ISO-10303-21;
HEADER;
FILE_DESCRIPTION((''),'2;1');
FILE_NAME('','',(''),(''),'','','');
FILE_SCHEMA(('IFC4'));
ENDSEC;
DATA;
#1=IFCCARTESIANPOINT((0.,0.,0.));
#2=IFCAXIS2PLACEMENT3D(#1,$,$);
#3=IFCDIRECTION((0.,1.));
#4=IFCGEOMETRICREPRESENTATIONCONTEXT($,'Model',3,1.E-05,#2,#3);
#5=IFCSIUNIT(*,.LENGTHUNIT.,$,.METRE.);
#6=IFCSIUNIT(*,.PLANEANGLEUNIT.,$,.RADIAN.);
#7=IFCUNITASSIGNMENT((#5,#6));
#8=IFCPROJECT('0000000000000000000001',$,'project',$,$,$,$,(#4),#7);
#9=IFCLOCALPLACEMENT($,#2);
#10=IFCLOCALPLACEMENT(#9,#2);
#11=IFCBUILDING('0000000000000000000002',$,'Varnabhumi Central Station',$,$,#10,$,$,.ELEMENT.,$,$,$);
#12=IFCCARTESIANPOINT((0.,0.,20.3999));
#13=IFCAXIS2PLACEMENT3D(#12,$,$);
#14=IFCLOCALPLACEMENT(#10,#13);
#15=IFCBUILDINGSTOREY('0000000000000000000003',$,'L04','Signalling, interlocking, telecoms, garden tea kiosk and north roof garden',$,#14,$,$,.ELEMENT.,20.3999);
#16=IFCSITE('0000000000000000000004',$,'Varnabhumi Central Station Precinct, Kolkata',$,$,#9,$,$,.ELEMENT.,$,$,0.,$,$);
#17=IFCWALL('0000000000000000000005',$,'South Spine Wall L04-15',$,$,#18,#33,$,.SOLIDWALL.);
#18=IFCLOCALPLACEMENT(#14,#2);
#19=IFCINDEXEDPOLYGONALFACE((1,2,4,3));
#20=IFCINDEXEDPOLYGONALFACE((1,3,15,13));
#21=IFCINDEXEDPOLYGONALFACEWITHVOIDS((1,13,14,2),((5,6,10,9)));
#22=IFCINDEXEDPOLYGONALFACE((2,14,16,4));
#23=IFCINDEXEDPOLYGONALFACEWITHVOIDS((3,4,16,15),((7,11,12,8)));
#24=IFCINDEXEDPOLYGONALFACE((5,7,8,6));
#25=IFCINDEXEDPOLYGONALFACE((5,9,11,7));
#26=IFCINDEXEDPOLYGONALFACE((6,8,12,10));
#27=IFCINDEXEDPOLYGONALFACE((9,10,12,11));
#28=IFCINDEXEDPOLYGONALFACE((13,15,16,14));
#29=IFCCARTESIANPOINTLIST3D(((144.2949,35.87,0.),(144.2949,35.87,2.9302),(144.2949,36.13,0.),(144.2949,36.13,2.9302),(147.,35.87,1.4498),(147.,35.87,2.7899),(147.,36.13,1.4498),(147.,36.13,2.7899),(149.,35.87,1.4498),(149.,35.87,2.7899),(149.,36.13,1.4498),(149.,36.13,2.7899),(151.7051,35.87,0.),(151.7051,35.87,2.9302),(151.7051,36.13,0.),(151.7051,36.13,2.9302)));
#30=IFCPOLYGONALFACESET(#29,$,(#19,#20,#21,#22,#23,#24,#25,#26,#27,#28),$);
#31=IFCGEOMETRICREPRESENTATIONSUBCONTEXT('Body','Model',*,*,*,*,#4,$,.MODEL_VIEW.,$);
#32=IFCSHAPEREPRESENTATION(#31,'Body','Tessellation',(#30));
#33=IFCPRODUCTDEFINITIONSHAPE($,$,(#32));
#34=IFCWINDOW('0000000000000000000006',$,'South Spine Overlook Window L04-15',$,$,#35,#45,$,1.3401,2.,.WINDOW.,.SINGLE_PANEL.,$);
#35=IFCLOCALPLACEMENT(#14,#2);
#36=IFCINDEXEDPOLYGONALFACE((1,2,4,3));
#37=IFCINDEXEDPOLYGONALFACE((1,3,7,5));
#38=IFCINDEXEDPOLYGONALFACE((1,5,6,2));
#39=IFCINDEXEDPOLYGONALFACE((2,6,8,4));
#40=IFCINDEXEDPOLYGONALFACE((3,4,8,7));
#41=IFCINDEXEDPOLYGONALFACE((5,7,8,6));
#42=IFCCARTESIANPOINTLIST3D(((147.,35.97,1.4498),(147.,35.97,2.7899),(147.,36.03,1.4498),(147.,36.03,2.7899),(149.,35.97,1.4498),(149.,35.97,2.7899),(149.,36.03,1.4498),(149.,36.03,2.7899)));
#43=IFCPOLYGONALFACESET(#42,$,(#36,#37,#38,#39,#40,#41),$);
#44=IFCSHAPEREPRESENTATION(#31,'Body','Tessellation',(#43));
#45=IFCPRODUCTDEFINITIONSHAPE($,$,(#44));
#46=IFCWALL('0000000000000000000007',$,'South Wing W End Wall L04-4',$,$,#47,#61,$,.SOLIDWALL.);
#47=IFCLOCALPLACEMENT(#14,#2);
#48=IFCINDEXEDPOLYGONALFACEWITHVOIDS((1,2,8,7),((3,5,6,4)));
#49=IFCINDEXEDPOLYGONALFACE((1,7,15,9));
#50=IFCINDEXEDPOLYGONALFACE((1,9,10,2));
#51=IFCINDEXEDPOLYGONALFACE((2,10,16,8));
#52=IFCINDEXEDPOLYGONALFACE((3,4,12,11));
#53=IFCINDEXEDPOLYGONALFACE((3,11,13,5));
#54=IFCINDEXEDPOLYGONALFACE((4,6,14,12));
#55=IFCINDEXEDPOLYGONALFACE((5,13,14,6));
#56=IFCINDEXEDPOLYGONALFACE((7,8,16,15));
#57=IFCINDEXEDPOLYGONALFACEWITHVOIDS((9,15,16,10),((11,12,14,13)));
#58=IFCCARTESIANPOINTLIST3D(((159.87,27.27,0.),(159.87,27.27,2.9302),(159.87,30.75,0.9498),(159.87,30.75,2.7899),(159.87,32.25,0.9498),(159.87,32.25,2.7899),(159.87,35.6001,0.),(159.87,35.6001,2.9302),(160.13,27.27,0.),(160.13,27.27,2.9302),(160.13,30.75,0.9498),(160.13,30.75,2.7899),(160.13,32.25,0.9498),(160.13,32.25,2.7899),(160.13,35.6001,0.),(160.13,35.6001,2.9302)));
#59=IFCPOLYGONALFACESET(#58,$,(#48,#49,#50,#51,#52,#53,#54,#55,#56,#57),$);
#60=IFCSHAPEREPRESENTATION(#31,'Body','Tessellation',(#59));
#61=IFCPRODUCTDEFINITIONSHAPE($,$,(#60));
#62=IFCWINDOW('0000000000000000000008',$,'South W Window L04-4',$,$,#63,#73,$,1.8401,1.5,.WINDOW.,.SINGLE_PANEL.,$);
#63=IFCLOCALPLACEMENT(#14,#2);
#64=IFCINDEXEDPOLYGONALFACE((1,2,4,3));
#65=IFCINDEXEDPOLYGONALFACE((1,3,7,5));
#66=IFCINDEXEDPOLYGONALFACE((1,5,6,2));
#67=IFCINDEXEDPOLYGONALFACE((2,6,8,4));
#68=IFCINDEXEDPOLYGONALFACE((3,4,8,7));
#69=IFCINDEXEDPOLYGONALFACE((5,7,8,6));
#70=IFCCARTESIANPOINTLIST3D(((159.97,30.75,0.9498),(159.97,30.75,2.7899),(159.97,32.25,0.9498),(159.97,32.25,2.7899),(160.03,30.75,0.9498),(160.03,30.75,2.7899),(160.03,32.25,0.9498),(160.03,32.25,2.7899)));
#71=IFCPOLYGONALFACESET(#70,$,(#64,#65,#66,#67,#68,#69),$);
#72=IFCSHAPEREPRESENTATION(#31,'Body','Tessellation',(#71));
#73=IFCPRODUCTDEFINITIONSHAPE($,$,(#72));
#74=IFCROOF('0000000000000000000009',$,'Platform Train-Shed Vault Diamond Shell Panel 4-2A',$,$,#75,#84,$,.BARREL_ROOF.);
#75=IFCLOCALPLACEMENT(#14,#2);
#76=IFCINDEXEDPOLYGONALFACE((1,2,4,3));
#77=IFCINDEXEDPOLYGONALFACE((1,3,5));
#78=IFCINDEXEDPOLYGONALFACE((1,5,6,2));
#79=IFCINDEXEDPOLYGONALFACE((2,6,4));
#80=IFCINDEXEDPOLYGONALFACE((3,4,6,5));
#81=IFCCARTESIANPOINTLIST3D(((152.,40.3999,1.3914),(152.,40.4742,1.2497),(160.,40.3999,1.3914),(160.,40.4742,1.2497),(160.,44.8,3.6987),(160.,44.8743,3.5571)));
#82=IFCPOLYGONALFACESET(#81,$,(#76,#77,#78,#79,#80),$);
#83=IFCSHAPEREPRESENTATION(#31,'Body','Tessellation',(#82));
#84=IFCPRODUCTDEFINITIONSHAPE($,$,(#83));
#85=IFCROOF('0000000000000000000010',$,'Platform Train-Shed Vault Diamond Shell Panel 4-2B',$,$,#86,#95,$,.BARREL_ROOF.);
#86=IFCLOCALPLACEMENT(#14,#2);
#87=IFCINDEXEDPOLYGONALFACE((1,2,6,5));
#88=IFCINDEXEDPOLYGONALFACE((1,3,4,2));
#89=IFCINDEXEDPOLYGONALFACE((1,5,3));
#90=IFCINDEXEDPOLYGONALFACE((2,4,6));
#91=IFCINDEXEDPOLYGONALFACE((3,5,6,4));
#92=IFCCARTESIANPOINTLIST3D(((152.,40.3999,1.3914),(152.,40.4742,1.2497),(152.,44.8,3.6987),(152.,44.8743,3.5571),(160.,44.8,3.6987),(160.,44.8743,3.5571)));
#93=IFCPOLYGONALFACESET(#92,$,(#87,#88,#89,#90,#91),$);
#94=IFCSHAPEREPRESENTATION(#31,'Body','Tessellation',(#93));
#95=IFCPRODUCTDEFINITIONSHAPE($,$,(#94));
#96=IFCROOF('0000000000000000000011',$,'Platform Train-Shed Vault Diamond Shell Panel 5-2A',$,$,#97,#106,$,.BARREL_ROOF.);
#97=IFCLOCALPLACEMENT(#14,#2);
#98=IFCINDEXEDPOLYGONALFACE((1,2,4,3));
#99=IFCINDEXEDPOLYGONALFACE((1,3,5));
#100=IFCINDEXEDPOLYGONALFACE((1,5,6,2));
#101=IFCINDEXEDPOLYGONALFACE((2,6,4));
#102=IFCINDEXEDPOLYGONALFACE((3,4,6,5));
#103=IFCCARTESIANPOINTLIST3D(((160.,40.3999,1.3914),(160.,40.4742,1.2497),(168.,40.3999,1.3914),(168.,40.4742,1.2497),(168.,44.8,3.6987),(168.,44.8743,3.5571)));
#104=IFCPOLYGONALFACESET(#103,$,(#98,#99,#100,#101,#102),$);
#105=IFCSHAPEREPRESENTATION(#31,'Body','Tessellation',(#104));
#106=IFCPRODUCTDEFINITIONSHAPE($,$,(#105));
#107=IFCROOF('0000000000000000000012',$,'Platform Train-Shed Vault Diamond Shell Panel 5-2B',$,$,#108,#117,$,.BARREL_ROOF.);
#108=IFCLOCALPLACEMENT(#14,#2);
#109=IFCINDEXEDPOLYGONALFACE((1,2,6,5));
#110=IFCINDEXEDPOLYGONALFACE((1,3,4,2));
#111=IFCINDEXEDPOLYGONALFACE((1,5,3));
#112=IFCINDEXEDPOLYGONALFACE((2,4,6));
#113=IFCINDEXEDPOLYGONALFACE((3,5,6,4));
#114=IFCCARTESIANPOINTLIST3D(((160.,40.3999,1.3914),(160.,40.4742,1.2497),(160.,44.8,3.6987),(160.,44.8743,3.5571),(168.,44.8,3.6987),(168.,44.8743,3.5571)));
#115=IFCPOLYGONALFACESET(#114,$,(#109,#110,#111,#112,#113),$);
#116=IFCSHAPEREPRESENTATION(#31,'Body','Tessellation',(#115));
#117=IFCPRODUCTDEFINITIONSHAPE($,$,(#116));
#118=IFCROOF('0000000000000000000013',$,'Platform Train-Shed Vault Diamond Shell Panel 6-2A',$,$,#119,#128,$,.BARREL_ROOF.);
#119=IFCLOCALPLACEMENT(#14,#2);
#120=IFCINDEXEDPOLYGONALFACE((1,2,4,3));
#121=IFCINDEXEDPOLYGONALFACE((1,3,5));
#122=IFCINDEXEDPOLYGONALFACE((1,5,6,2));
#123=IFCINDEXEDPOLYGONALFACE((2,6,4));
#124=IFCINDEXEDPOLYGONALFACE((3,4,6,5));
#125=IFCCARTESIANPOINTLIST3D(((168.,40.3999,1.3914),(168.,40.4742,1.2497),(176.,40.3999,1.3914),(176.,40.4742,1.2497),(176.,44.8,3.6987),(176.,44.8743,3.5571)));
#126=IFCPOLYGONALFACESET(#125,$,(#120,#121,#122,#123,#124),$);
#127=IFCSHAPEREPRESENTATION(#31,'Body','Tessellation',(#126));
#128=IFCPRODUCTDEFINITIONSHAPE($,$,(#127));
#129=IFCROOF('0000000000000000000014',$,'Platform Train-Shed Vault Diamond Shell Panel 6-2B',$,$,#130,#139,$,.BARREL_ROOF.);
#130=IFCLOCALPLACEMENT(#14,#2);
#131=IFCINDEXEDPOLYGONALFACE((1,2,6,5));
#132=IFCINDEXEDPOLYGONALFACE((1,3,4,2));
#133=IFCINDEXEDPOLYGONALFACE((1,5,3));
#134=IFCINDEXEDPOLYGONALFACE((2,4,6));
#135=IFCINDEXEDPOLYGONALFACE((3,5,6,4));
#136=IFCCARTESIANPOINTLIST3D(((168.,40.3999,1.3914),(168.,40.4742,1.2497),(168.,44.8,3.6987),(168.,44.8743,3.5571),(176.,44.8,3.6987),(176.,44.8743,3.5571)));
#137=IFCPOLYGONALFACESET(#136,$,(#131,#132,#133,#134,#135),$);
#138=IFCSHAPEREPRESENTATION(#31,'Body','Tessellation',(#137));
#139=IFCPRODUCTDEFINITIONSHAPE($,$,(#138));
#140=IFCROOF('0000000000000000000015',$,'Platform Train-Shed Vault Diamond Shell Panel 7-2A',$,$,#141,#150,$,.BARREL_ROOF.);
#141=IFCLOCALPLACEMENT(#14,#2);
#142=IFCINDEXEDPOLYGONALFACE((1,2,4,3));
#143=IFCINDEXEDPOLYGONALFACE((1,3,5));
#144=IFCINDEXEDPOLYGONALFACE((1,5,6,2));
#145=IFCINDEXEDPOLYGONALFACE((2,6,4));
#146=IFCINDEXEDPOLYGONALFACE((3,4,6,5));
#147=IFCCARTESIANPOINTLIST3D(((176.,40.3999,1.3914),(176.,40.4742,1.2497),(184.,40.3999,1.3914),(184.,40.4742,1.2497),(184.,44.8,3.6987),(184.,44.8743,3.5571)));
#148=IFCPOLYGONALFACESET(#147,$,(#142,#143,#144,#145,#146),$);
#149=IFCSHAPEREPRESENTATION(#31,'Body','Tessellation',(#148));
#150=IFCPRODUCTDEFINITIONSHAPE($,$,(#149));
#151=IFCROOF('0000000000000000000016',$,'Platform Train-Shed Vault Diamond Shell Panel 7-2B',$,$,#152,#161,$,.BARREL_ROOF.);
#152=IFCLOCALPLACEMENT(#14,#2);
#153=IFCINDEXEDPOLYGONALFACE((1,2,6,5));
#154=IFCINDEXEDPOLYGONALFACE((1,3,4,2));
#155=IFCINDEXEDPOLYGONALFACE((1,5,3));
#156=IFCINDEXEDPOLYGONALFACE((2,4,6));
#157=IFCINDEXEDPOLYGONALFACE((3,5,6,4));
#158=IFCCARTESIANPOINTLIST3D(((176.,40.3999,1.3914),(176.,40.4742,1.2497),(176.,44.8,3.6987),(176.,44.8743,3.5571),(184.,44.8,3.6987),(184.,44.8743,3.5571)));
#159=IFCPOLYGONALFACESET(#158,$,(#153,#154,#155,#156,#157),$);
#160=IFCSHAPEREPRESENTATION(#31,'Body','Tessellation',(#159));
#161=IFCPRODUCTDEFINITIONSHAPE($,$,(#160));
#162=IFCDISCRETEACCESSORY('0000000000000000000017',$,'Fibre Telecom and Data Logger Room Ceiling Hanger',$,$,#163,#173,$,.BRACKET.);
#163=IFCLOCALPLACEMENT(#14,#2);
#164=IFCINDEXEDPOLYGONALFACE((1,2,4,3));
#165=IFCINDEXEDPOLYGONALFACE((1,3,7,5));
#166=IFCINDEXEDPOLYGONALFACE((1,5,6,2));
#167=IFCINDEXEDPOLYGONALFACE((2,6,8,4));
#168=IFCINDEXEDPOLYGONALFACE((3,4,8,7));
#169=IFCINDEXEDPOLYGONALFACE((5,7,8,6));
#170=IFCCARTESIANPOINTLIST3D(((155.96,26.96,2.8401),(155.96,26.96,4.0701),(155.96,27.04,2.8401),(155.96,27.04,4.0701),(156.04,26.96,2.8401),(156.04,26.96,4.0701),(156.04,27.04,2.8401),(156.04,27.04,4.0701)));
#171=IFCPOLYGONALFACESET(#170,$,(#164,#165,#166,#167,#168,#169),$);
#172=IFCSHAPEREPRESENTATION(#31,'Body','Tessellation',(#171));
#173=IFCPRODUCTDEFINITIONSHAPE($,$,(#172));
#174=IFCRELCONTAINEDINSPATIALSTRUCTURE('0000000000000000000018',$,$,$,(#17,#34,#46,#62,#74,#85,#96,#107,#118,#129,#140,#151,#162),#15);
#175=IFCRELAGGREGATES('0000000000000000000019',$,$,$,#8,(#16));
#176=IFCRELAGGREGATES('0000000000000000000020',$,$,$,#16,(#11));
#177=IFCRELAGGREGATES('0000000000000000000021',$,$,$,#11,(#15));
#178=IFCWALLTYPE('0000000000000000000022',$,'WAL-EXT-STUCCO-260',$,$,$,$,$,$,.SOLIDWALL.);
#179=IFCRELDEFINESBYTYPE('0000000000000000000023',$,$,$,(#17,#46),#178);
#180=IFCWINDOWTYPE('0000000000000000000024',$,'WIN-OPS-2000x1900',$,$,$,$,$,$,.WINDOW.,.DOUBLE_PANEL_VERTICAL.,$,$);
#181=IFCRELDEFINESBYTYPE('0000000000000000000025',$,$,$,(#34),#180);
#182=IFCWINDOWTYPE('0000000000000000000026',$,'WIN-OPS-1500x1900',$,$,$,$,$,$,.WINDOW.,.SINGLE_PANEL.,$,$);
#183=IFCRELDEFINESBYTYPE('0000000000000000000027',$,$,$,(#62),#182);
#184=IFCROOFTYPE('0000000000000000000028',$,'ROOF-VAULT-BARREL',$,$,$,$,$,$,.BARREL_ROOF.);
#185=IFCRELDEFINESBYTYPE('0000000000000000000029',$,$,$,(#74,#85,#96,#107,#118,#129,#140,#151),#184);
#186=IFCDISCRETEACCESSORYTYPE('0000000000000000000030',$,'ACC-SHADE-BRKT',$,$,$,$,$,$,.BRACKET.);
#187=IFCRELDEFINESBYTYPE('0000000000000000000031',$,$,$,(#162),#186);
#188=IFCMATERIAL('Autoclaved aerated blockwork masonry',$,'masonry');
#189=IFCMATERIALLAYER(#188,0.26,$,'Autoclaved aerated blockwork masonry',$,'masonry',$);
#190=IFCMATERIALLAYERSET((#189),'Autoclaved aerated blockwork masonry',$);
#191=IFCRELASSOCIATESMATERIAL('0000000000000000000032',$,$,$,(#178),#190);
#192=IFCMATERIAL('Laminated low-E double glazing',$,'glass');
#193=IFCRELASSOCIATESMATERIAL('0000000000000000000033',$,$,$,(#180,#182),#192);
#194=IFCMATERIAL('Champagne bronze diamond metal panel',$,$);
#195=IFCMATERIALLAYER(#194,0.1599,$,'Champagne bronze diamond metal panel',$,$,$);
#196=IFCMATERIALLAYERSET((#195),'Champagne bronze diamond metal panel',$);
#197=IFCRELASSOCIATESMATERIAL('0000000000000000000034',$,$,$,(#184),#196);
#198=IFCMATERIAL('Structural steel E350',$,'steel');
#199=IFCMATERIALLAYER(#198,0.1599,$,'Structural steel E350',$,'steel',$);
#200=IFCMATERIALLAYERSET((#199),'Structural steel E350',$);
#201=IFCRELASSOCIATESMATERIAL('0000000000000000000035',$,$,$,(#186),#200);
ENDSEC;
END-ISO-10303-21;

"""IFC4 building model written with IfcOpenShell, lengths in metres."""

from ifc_helpers import new_model, si_unit, direction, frame, frame_2d, origin, origin_2d, place, context, subcontext, project, spatial, polyline, rectangle, outline, extrude, material, layer, layer_set, type_object, element, fill, save


model = new_model("IFC4")

# Units and contexts
model_context = context("Model", 3, precision=1e-05, world=origin(), true_north=direction((0.0, 1.0)))
body_context = subcontext(model_context, "Body", "Model", "MODEL_VIEW")
ifc_project = project(units=[si_unit("LENGTHUNIT", "METRE"), si_unit("PLANEANGLEUNIT", "RADIAN")], contexts=[model_context])

# Site, building, storey
site_placement = place(None, origin())
site = spatial("IfcSite", under=ifc_project, at=site_placement, Name="Varnabhumi Central Station Precinct, Kolkata", CompositionType="ELEMENT", RefElevation=0.0)
building_placement = place(site_placement, origin())
building = spatial("IfcBuilding", under=site, at=building_placement, Name="Varnabhumi Central Station", CompositionType="ELEMENT")
storey_placement = place(building_placement, frame((0.0, 0.0, 20.3999)))
storey = spatial("IfcBuildingStorey", under=building, at=storey_placement, Name="L04", Description="Signalling, interlocking, telecoms, garden tea kiosk and north roof garden", CompositionType="ELEMENT", Elevation=20.3999)

# Shared definitions
ifc_material_1 = material(Name="Structural steel E350", Category="steel")

# Shared definitions
ifc_material_2 = material(Name="Laminated low-E double glazing", Category="glass")

# Shared definitions
ifc_material_3 = material(Name="Autoclaved aerated blockwork masonry", Category="masonry")

# Walls, openings, windows
ifc_layer_1 = layer(ifc_material_3, 0.26, Name="Autoclaved aerated blockwork masonry", Category="masonry")
ifc_layer_set_1 = layer_set([ifc_layer_1], Name="Autoclaved aerated blockwork masonry")
wall_type_1 = type_object("IfcWallType", Name="WAL-EXT-STUCCO-260", PredefinedType="SOLIDWALL", material=ifc_layer_set_1)
wall_1_placement = place(storey_placement, frame((144.2949, 36.0, 0.0), z_axis=(0.0, 0.0, 1.0), x_axis=(1.0, 0.0, 0.0)))
wall_1 = element("IfcWall", 1, at=wall_1_placement, inside=storey, type_object=wall_type_1, Name="South Spine Wall L04-15", PredefinedType="SOLIDWALL", context=body_context, shape_type="SweptSolid", body=[
    extrude(rectangle(XDim=7.4102, YDim=0.26, at=frame_2d((3.7051, 0.0))), origin(), (0.0, 0.0, 1.0), 2.9302),
])
opening_1_placement = place(wall_1_placement, frame((2.7051, 0.0, 1.45)))
opening_1 = element("IfcOpeningElement", 2, at=opening_1_placement, cuts=wall_1, PredefinedType="OPENING", context=body_context, shape_type="SweptSolid", body=[
    extrude(rectangle(XDim=2.0, YDim=1.3401, at=frame_2d((1.0, 0.6699))), frame((0.0, 0.1399, 0.0), z_axis=(0.0, -1.0, 0.0), x_axis=(1.0, 0.0, 0.0)), (0.0, 0.0, 1.0), 0.28),
])
window_type_1 = type_object("IfcWindowType", Name="WIN-OPS-2000x1900", PartitioningType="DOUBLE_PANEL_VERTICAL", PredefinedType="WINDOW", material=ifc_material_2)
window_1_placement = place(opening_1_placement, origin())
window_1 = element("IfcWindow", 3, at=window_1_placement, inside=storey, type_object=window_type_1, Name="South Spine Overlook Window L04-15", OverallHeight=1.3401, OverallWidth=2.0, PartitioningType="SINGLE_PANEL", PredefinedType="WINDOW", context=body_context, shape_type="SweptSolid", body=[
    extrude(rectangle(XDim=2.0, YDim=1.3401, at=frame_2d((1.0, 0.6699))), frame((0.0, 0.03, 0.0), z_axis=(0.0, -1.0, 0.0), x_axis=(1.0, 0.0, 0.0)), (0.0, 0.0, 1.0), 0.0601),
])
fill(opening_1, window_1)
wall_2_placement = place(storey_placement, frame((160.0, 27.27, 0.0), z_axis=(0.0, 0.0, 1.0), x_axis=(0.0, 1.0, 0.0)))
wall_2 = element("IfcWall", 4, at=wall_2_placement, inside=storey, type_object=wall_type_1, Name="South Wing W End Wall L04-4", PredefinedType="SOLIDWALL", context=body_context, shape_type="SweptSolid", body=[
    extrude(rectangle(XDim=8.3301, YDim=0.26, at=frame_2d((4.165, 0.0))), origin(), (0.0, 0.0, 1.0), 2.9302),
])
opening_2_placement = place(wall_2_placement, frame((3.48, 0.0, 0.95)))
opening_2 = element("IfcOpeningElement", 5, at=opening_2_placement, cuts=wall_2, PredefinedType="OPENING", context=body_context, shape_type="SweptSolid", body=[
    extrude(rectangle(XDim=1.5, YDim=1.8401, at=frame_2d((0.75, 0.9199))), frame((0.0, 0.1399, 0.0), z_axis=(0.0, -1.0, 0.0), x_axis=(1.0, 0.0, 0.0)), (0.0, 0.0, 1.0), 0.28),
])
window_type_2 = type_object("IfcWindowType", Name="WIN-OPS-1500x1900", PartitioningType="SINGLE_PANEL", PredefinedType="WINDOW", material=ifc_material_2)
window_2_placement = place(opening_2_placement, origin())
window_2 = element("IfcWindow", 6, at=window_2_placement, inside=storey, type_object=window_type_2, Name="South W Window L04-4", OverallHeight=1.8401, OverallWidth=1.5, PartitioningType="SINGLE_PANEL", PredefinedType="WINDOW", context=body_context, shape_type="SweptSolid", body=[
    extrude(rectangle(XDim=1.5, YDim=1.8401, at=frame_2d((0.75, 0.9199))), frame((0.0, 0.03, 0.0), z_axis=(0.0, -1.0, 0.0), x_axis=(1.0, 0.0, 0.0)), (0.0, 0.0, 1.0), 0.0601),
])
fill(opening_2, window_2)

# Roofs
ifc_material_4 = material(Name="Champagne bronze diamond metal panel")
ifc_layer_2 = layer(ifc_material_4, 0.1599, Name="Champagne bronze diamond metal panel")
ifc_layer_set_2 = layer_set([ifc_layer_2], Name="Champagne bronze diamond metal panel")
roof_type = type_object("IfcRoofType", Name="ROOF-VAULT-BARREL", PredefinedType="BARREL_ROOF", material=ifc_layer_set_2)
roof_1_placement = place(storey_placement, frame((152.0, 40.3999, 1.3914), z_axis=(0.0, -0.464407, 0.885622), x_axis=(1.0, 0.0, 0.0)))
element("IfcRoof", 7, at=roof_1_placement, inside=storey, type_object=roof_type, Name="Platform Train-Shed Vault Diamond Shell Panel 4-2A", PredefinedType="BARREL_ROOF", context=body_context, shape_type="SweptSolid", body=[
    extrude(outline(polyline([(0.0, 0.0), (8.0, 0.0), (8.0, 4.9684), (0.0, 0.0)])), origin(), (0.0, 0.0, -1.0), 0.1599),
])
roof_2_placement = place(storey_placement, frame((152.0, 40.3999, 1.3914), z_axis=(0.0, -0.464407, 0.885622), x_axis=(0.849502, 0.467242, 0.245015)))
element("IfcRoof", 8, at=roof_2_placement, inside=storey, type_object=roof_type, Name="Platform Train-Shed Vault Diamond Shell Panel 4-2B", PredefinedType="BARREL_ROOF", context=body_context, shape_type="SweptSolid", body=[
    extrude(outline(polyline([(0.0, 0.0), (9.4173, 0.0), (2.6213, 4.2207), (0.0, 0.0)])), origin(), (0.0, 0.0, -1.0), 0.1599),
])
roof_3_placement = place(storey_placement, frame((160.0, 40.3999, 1.3914), z_axis=(0.0, -0.464407, 0.885622), x_axis=(1.0, 0.0, 0.0)))
element("IfcRoof", 9, at=roof_3_placement, inside=storey, type_object=roof_type, Name="Platform Train-Shed Vault Diamond Shell Panel 5-2A", PredefinedType="BARREL_ROOF", context=body_context, shape_type="SweptSolid", body=[
    extrude(outline(polyline([(0.0, 0.0), (8.0, 0.0), (8.0, 4.9684), (0.0, 0.0)])), origin(), (0.0, 0.0, -1.0), 0.1599),
])
roof_4_placement = place(storey_placement, frame((160.0, 40.3999, 1.3914), z_axis=(0.0, -0.464407, 0.885622), x_axis=(0.849502, 0.467242, 0.245015)))
element("IfcRoof", 10, at=roof_4_placement, inside=storey, type_object=roof_type, Name="Platform Train-Shed Vault Diamond Shell Panel 5-2B", PredefinedType="BARREL_ROOF", context=body_context, shape_type="SweptSolid", body=[
    extrude(outline(polyline([(0.0, 0.0), (9.4173, 0.0), (2.6213, 4.2207), (0.0, 0.0)])), origin(), (0.0, 0.0, -1.0), 0.1599),
])
roof_5_placement = place(storey_placement, frame((168.0, 40.3999, 1.3914), z_axis=(0.0, -0.464407, 0.885622), x_axis=(1.0, 0.0, 0.0)))
element("IfcRoof", 11, at=roof_5_placement, inside=storey, type_object=roof_type, Name="Platform Train-Shed Vault Diamond Shell Panel 6-2A", PredefinedType="BARREL_ROOF", context=body_context, shape_type="SweptSolid", body=[
    extrude(outline(polyline([(0.0, 0.0), (8.0, 0.0), (8.0, 4.9684), (0.0, 0.0)])), origin(), (0.0, 0.0, -1.0), 0.1599),
])
roof_6_placement = place(storey_placement, frame((168.0, 40.3999, 1.3914), z_axis=(0.0, -0.464407, 0.885622), x_axis=(0.849502, 0.467242, 0.245015)))
element("IfcRoof", 12, at=roof_6_placement, inside=storey, type_object=roof_type, Name="Platform Train-Shed Vault Diamond Shell Panel 6-2B", PredefinedType="BARREL_ROOF", context=body_context, shape_type="SweptSolid", body=[
    extrude(outline(polyline([(0.0, 0.0), (9.4173, 0.0), (2.6213, 4.2207), (0.0, 0.0)])), origin(), (0.0, 0.0, -1.0), 0.1599),
])
roof_7_placement = place(storey_placement, frame((176.0, 40.3999, 1.3914), z_axis=(0.0, -0.464407, 0.885622), x_axis=(1.0, 0.0, 0.0)))
element("IfcRoof", 13, at=roof_7_placement, inside=storey, type_object=roof_type, Name="Platform Train-Shed Vault Diamond Shell Panel 7-2A", PredefinedType="BARREL_ROOF", context=body_context, shape_type="SweptSolid", body=[
    extrude(outline(polyline([(0.0, 0.0), (8.0, 0.0), (8.0, 4.9684), (0.0, 0.0)])), origin(), (0.0, 0.0, -1.0), 0.1599),
])
roof_8_placement = place(storey_placement, frame((176.0, 40.3999, 1.3914), z_axis=(0.0, -0.464407, 0.885622), x_axis=(0.849502, 0.467242, 0.245015)))
element("IfcRoof", 14, at=roof_8_placement, inside=storey, type_object=roof_type, Name="Platform Train-Shed Vault Diamond Shell Panel 7-2B", PredefinedType="BARREL_ROOF", context=body_context, shape_type="SweptSolid", body=[
    extrude(outline(polyline([(0.0, 0.0), (9.4173, 0.0), (2.6213, 4.2207), (0.0, 0.0)])), origin(), (0.0, 0.0, -1.0), 0.1599),
])

# Discrete accessory
ifc_layer_3 = layer(ifc_material_1, 0.1599, Name="Structural steel E350", Category="steel")
ifc_layer_set_3 = layer_set([ifc_layer_3], Name="Structural steel E350")
discrete_accessory_type = type_object("IfcDiscreteAccessoryType", Name="ACC-SHADE-BRKT", PredefinedType="BRACKET", material=ifc_layer_set_3)
discrete_accessory_placement = place(storey_placement, frame((156.0, 27.0, 2.8401), z_axis=(0.0, 0.0, 1.0), x_axis=(1.0, 0.0, 0.0)))
element("IfcDiscreteAccessory", 15, at=discrete_accessory_placement, inside=storey, type_object=discrete_accessory_type, Name="Fibre Telecom and Data Logger Room Ceiling Hanger", PredefinedType="BRACKET", context=body_context, shape_type="SweptSolid", body=[
    extrude(rectangle(XDim=0.0801, YDim=0.0801, at=origin_2d()), origin(), (0.0, 0.0, 1.0), 1.23),
])

save(model, "model.ifc")
